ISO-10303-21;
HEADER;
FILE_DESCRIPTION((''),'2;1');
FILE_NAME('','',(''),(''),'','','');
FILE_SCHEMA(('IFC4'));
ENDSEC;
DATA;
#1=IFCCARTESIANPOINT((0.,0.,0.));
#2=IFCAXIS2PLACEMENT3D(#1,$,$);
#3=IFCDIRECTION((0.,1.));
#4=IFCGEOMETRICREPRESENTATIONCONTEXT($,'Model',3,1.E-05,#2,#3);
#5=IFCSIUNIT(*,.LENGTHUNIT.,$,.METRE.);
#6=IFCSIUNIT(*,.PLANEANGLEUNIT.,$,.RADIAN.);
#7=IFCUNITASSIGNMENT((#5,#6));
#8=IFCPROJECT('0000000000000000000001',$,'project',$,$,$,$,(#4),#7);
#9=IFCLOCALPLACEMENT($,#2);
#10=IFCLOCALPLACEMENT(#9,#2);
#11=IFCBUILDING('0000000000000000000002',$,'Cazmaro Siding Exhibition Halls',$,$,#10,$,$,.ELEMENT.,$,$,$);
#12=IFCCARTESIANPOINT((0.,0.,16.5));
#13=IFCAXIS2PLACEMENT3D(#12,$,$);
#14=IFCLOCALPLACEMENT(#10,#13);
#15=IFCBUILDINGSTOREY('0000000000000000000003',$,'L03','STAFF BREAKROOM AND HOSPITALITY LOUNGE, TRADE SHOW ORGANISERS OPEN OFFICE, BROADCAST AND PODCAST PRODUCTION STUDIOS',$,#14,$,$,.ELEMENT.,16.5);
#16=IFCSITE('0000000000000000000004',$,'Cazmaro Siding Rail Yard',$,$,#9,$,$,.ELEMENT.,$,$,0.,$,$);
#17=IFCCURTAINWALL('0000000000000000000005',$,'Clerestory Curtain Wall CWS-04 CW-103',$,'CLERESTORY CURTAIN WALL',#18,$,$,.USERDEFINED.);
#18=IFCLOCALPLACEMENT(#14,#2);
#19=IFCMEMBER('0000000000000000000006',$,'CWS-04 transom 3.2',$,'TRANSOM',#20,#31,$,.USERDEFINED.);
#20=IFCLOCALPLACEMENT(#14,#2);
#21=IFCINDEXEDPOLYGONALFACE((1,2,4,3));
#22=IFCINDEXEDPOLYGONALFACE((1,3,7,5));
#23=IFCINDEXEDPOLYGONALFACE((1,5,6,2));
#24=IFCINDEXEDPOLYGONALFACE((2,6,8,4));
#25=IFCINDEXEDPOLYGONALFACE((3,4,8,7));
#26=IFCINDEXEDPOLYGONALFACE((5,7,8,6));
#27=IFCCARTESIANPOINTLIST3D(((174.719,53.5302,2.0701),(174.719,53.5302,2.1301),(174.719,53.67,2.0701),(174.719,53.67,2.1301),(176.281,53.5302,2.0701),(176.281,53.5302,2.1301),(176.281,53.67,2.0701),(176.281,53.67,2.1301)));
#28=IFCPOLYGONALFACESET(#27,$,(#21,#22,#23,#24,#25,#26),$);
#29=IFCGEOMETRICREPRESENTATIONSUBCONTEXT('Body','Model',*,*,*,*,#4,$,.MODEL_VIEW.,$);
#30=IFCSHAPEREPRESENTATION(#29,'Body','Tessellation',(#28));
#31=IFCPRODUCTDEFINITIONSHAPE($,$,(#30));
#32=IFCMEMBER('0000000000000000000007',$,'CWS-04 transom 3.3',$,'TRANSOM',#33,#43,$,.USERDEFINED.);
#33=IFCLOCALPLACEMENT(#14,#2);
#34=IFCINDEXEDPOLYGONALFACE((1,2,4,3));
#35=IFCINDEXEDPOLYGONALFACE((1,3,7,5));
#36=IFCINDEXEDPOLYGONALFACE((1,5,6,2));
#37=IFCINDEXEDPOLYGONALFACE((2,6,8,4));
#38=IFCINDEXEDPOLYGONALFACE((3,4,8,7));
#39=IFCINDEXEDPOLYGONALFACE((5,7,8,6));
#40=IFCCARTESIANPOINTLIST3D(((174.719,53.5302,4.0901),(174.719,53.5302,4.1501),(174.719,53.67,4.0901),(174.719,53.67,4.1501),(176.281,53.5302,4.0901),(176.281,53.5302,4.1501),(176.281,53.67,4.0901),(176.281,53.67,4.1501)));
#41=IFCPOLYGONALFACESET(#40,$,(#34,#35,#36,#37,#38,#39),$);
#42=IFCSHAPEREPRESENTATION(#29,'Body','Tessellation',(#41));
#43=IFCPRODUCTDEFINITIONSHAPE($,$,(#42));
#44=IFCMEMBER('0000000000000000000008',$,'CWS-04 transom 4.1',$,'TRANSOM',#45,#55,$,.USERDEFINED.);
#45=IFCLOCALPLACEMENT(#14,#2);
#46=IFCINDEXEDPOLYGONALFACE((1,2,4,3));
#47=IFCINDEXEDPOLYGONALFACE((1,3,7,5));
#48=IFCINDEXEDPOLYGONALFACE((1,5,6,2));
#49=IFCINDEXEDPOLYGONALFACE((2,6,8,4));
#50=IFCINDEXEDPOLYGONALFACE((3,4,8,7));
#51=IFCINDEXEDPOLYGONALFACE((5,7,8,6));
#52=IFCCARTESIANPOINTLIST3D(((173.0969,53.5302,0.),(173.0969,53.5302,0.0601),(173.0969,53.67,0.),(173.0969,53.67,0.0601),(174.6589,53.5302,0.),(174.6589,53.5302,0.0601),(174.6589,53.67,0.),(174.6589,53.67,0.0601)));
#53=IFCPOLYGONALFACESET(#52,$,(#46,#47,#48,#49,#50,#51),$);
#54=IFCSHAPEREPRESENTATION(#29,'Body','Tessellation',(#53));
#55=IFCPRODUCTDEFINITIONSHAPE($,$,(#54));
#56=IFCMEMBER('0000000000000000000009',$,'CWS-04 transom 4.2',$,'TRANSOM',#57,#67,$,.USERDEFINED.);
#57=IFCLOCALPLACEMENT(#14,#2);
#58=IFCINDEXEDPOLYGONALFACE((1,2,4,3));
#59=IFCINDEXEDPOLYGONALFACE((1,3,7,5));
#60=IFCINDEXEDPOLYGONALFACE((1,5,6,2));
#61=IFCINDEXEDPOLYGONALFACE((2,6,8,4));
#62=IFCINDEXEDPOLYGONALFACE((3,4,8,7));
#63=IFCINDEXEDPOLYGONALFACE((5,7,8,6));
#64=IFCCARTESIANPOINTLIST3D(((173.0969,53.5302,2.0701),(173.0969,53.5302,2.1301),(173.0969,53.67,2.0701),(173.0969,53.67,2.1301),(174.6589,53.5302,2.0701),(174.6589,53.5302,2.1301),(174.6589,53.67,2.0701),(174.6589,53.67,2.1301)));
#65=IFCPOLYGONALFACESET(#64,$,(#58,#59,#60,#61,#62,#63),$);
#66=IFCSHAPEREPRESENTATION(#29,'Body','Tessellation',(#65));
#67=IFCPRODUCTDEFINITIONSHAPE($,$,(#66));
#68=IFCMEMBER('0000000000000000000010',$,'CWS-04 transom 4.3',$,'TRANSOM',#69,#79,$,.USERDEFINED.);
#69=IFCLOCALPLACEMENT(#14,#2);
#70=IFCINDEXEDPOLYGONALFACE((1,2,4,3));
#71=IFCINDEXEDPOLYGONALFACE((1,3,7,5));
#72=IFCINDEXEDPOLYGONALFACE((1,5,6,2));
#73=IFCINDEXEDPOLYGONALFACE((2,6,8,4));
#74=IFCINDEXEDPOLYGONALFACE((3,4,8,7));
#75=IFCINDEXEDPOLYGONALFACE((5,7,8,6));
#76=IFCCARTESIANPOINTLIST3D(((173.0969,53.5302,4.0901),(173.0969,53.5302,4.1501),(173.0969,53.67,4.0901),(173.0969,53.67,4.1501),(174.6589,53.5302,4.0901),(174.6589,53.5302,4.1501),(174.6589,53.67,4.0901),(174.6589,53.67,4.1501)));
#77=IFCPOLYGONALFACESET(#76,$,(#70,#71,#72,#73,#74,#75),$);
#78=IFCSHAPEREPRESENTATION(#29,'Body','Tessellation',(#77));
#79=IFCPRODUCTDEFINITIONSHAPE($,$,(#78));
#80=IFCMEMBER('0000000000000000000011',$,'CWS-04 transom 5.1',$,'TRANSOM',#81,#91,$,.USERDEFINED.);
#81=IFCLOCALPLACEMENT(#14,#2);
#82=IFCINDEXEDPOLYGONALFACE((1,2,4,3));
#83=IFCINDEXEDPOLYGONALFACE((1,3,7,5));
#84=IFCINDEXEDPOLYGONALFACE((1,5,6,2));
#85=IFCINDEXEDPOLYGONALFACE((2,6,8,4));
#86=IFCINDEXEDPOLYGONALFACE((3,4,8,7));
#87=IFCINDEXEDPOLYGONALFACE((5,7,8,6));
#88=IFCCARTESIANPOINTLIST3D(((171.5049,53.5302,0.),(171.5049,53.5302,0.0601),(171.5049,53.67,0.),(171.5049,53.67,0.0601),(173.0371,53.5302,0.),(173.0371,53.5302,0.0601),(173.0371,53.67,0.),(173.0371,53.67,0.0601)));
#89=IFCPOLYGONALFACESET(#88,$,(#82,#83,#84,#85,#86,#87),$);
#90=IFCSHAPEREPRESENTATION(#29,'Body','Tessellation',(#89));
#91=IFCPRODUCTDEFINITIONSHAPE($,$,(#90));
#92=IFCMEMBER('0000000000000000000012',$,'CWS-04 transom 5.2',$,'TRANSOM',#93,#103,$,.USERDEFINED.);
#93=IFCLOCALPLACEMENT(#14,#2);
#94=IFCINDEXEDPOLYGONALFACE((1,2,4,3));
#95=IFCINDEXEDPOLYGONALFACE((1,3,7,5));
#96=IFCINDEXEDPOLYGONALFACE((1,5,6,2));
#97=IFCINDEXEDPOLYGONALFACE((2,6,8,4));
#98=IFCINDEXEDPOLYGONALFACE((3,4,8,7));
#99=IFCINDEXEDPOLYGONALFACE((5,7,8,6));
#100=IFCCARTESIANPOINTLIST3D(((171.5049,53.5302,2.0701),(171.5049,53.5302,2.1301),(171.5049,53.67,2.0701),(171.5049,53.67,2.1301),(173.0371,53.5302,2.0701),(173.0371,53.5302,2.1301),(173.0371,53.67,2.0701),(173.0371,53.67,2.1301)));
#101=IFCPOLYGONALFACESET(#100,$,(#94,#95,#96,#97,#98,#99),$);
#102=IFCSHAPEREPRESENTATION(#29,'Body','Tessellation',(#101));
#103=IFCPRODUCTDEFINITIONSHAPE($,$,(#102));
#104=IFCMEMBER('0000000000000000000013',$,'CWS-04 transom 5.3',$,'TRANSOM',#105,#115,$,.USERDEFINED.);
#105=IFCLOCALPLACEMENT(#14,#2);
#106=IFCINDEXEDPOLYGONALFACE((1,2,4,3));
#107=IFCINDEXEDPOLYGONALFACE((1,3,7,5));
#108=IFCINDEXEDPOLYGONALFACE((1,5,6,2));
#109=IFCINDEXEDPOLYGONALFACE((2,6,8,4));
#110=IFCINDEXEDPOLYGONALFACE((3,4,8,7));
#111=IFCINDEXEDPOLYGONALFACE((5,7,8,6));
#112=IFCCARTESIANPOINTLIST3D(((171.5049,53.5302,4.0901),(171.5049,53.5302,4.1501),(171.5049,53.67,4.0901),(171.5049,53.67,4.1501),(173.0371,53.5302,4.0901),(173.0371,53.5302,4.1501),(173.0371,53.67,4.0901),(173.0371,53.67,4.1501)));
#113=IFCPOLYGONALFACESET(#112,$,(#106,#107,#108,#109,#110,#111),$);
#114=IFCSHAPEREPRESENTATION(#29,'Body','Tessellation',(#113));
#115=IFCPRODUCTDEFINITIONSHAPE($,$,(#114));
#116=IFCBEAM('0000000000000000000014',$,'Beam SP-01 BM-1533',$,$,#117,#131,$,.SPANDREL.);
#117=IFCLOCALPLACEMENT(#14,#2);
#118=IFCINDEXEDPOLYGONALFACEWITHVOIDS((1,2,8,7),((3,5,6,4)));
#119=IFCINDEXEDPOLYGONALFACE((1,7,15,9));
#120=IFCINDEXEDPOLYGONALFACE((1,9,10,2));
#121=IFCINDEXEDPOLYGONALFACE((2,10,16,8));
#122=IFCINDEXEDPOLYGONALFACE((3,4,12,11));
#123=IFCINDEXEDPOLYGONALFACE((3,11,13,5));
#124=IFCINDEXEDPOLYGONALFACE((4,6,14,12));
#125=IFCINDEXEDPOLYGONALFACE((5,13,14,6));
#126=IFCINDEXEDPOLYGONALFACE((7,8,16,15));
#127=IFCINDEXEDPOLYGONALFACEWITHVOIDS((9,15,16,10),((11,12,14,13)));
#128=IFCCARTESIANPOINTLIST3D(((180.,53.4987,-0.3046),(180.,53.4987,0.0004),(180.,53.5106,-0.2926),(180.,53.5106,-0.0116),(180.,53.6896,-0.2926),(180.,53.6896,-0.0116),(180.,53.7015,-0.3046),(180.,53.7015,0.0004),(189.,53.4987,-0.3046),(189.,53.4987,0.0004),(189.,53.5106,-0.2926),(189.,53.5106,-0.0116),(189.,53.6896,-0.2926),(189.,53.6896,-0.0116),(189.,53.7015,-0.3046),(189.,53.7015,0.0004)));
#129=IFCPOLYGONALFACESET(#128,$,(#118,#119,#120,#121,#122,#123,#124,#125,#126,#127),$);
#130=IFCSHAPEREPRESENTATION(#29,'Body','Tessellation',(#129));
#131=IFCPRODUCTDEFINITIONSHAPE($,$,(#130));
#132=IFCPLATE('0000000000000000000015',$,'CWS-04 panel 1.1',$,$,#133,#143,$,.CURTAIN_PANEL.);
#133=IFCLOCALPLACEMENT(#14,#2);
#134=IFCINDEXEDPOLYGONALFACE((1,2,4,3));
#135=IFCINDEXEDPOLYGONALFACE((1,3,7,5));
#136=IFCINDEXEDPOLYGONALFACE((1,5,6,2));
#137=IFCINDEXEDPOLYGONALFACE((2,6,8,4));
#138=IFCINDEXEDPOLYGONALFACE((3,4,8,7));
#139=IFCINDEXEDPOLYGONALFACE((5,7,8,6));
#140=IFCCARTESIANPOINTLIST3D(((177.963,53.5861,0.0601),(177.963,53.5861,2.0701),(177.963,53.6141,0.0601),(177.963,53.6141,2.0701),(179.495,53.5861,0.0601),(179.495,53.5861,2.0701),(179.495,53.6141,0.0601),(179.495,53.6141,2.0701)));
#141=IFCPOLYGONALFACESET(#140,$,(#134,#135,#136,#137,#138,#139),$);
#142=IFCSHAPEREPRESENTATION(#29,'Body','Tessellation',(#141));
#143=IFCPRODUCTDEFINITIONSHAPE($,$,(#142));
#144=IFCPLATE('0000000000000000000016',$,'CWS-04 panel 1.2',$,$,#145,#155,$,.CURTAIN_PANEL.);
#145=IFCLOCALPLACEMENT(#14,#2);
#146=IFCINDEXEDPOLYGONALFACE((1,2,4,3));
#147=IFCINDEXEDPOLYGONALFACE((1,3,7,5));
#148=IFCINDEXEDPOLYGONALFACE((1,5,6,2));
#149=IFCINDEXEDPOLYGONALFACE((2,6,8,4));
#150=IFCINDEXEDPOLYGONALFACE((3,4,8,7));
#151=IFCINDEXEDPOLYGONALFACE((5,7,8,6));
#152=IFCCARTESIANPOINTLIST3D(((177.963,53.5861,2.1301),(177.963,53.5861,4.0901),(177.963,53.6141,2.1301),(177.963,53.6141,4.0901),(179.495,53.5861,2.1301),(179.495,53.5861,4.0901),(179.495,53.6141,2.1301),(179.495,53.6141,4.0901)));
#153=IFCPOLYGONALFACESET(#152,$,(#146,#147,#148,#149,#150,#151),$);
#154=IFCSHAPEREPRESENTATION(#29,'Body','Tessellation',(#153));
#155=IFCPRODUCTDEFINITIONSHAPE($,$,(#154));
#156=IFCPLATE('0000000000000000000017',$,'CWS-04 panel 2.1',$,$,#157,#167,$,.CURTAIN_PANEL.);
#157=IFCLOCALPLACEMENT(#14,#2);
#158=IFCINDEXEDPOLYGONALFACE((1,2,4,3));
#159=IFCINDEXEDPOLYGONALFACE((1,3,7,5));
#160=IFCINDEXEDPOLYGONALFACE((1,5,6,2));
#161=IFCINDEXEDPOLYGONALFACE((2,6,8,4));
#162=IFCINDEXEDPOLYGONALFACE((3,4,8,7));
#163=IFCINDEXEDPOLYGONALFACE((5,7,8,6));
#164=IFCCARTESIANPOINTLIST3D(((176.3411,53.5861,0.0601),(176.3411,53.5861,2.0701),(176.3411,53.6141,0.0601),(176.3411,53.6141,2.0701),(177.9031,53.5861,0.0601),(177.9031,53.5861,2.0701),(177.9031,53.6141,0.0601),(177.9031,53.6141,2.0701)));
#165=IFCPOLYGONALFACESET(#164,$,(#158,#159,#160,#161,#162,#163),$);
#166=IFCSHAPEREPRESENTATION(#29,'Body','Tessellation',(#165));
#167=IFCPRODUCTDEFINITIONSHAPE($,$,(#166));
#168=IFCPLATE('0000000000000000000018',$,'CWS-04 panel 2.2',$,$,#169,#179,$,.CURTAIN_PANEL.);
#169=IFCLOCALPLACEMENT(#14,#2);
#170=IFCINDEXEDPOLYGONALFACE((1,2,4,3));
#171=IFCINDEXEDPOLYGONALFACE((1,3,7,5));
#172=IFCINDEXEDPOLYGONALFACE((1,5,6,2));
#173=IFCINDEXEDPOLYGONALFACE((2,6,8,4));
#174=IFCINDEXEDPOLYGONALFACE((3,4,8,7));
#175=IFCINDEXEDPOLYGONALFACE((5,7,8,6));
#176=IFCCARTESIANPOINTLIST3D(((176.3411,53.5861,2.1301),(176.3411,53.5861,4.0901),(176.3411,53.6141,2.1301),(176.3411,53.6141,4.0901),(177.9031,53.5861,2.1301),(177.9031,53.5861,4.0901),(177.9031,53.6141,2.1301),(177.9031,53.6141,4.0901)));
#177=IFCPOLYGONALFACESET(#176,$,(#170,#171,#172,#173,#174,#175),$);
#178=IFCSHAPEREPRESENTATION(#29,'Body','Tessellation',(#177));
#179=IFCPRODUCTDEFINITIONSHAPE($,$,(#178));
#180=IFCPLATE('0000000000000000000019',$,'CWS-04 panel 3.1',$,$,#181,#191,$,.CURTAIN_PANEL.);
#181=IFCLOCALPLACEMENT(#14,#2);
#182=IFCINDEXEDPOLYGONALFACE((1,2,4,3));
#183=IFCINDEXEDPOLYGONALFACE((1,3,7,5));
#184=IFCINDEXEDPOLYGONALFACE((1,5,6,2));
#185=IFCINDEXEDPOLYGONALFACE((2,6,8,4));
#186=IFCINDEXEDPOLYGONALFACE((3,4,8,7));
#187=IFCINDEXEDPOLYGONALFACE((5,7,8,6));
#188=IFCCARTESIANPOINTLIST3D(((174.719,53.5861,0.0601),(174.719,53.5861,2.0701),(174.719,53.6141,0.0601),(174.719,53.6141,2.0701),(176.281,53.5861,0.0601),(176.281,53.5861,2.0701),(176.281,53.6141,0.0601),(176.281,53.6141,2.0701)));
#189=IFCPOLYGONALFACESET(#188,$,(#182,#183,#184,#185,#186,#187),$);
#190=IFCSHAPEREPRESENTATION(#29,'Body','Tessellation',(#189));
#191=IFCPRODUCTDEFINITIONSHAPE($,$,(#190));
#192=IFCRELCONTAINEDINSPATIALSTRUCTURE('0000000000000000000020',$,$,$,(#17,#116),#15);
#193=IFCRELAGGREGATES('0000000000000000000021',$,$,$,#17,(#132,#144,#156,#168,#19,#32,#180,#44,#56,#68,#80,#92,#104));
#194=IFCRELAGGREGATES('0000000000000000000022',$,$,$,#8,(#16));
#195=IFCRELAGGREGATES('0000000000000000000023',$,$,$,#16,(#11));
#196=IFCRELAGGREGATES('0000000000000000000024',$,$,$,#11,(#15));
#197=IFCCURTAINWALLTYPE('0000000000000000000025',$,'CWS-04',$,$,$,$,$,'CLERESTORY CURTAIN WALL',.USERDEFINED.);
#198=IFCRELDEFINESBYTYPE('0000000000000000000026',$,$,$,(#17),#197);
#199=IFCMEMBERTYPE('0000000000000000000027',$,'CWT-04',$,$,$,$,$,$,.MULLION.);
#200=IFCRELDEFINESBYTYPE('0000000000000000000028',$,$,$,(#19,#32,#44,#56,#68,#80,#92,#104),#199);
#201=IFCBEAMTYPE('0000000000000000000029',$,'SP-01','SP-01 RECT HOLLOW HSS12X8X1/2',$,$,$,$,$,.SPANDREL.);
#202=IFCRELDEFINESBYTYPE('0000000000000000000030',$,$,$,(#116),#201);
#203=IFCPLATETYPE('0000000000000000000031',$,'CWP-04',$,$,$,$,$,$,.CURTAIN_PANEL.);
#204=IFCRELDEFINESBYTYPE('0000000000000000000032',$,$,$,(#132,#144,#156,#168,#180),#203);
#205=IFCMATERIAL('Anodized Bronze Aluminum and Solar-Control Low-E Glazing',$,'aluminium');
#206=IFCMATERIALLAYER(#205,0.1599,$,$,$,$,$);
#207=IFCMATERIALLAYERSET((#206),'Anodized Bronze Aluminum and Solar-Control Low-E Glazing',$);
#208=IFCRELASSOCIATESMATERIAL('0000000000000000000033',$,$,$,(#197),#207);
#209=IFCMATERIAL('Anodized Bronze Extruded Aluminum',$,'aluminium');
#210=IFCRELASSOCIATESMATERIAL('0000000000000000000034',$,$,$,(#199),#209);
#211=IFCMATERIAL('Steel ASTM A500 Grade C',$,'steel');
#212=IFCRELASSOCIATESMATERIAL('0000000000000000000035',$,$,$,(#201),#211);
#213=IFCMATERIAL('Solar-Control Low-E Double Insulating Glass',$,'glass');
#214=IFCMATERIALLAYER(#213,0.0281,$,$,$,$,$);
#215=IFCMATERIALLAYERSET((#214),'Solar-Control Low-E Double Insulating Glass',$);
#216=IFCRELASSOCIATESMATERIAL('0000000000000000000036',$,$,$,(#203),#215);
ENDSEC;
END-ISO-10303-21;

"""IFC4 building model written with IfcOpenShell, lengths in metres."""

from ifc_helpers import new_model, si_unit, direction, frame, origin, origin_2d, place, context, subcontext, project, spatial, rectangle, hollow_rectangle, extrude, material, layer, layer_set, material_profile, profile_set, type_object, element, aggregate, save


model = new_model("IFC4")

# Units and contexts
model_context = context("Model", 3, precision=1e-05, world=origin(), true_north=direction((0.0, 1.0)))
body_context = subcontext(model_context, "Body", "Model", "MODEL_VIEW")
ifc_project = project(units=[si_unit("LENGTHUNIT", "METRE"), si_unit("PLANEANGLEUNIT", "RADIAN")], contexts=[model_context])

# Site, building, storey
site_placement = place(None, origin())
site = spatial("IfcSite", under=ifc_project, at=site_placement, Name="Cazmaro Siding Rail Yard", CompositionType="ELEMENT", RefElevation=0.0)
building_placement = place(site_placement, origin())
building = spatial("IfcBuilding", under=site, at=building_placement, Name="Cazmaro Siding Exhibition Halls", CompositionType="ELEMENT")
storey_placement = place(building_placement, frame((0.0, 0.0, 16.5)))
storey = spatial("IfcBuildingStorey", under=building, at=storey_placement, Name="L03", Description="STAFF BREAKROOM AND HOSPITALITY LOUNGE, TRADE SHOW ORGANISERS OPEN OFFICE, BROADCAST AND PODCAST PRODUCTION STUDIOS", CompositionType="ELEMENT", Elevation=16.5)

# Curtain wall
ifc_material_1 = material(Name="Anodized Bronze Aluminum and Solar-Control Low-E Glazing", Category="aluminium")
ifc_layer_1 = layer(ifc_material_1, 0.1599)
ifc_layer_set_1 = layer_set([ifc_layer_1], Name="Anodized Bronze Aluminum and Solar-Control Low-E Glazing")
curtain_wall_type = type_object("IfcCurtainWallType", Name="CWS-04", ElementType="CLERESTORY CURTAIN WALL", PredefinedType="USERDEFINED", material=ifc_layer_set_1)
curtain_wall_1_placement = place(storey_placement, origin())
curtain_wall_1 = element("IfcCurtainWall", 1, at=curtain_wall_1_placement, inside=storey, type_object=curtain_wall_type, Name="Clerestory Curtain Wall CWS-04 CW-103", ObjectType="CLERESTORY CURTAIN WALL", PredefinedType="USERDEFINED")

# Members
ifc_material_2 = material(Name="Anodized Bronze Extruded Aluminum", Category="aluminium")
ifc_material_profile_1 = material_profile(ifc_material_2, rectangle(XDim=0.1399, YDim=0.0601, at=origin_2d()), Name="CWT-04")
ifc_profile_set_1 = profile_set([ifc_material_profile_1], Name="Anodized Bronze Extruded Aluminum")
member_type_1 = type_object("IfcMemberType", Name="CWT-04", PredefinedType="MULLION", material=ifc_profile_set_1)
member_1_placement = place(storey_placement, frame((176.281, 53.6001, 2.1001), z_axis=(-1.0, 0.0, 0.0), x_axis=(0.0, -1.0, 0.0)))
member_1 = element("IfcMember", 2, at=member_1_placement, type_object=member_type_1, Name="CWS-04 transom 3.2", ObjectType="TRANSOM", PredefinedType="USERDEFINED", context=body_context, shape_type="SweptSolid", body=[
    extrude(rectangle(XDim=0.1399, YDim=0.0601, at=origin_2d()), origin(), (0.0, 0.0, 1.0), 1.562),
])
member_2_placement = place(storey_placement, frame((176.281, 53.6001, 4.1201), z_axis=(-1.0, 0.0, 0.0), x_axis=(0.0, -1.0, 0.0)))
member_2 = element("IfcMember", 3, at=member_2_placement, type_object=member_type_1, Name="CWS-04 transom 3.3", ObjectType="TRANSOM", PredefinedType="USERDEFINED", context=body_context, shape_type="SweptSolid", body=[
    extrude(rectangle(XDim=0.1399, YDim=0.0601, at=origin_2d()), origin(), (0.0, 0.0, 1.0), 1.562),
])
member_3_placement = place(storey_placement, frame((174.6589, 53.6001, 0.03), z_axis=(-1.0, 0.0, 0.0), x_axis=(0.0, -1.0, 0.0)))
member_3 = element("IfcMember", 4, at=member_3_placement, type_object=member_type_1, Name="CWS-04 transom 4.1", ObjectType="TRANSOM", PredefinedType="USERDEFINED", context=body_context, shape_type="SweptSolid", body=[
    extrude(rectangle(XDim=0.1399, YDim=0.0601, at=origin_2d()), origin(), (0.0, 0.0, 1.0), 1.562),
])
member_4_placement = place(storey_placement, frame((174.6589, 53.6001, 2.1001), z_axis=(-1.0, 0.0, 0.0), x_axis=(0.0, -1.0, 0.0)))
member_4 = element("IfcMember", 5, at=member_4_placement, type_object=member_type_1, Name="CWS-04 transom 4.2", ObjectType="TRANSOM", PredefinedType="USERDEFINED", context=body_context, shape_type="SweptSolid", body=[
    extrude(rectangle(XDim=0.1399, YDim=0.0601, at=origin_2d()), origin(), (0.0, 0.0, 1.0), 1.562),
])
member_5_placement = place(storey_placement, frame((174.6589, 53.6001, 4.1201), z_axis=(-1.0, 0.0, 0.0), x_axis=(0.0, -1.0, 0.0)))
member_5 = element("IfcMember", 6, at=member_5_placement, type_object=member_type_1, Name="CWS-04 transom 4.3", ObjectType="TRANSOM", PredefinedType="USERDEFINED", context=body_context, shape_type="SweptSolid", body=[
    extrude(rectangle(XDim=0.1399, YDim=0.0601, at=origin_2d()), origin(), (0.0, 0.0, 1.0), 1.562),
])
member_6_placement = place(storey_placement, frame((173.0371, 53.6001, 0.03), z_axis=(-1.0, 0.0, 0.0), x_axis=(0.0, -1.0, 0.0)))
member_6 = element("IfcMember", 7, at=member_6_placement, type_object=member_type_1, Name="CWS-04 transom 5.1", ObjectType="TRANSOM", PredefinedType="USERDEFINED", context=body_context, shape_type="SweptSolid", body=[
    extrude(rectangle(XDim=0.1399, YDim=0.0601, at=origin_2d()), origin(), (0.0, 0.0, 1.0), 1.5322),
])
member_7_placement = place(storey_placement, frame((173.0371, 53.6001, 2.1001), z_axis=(-1.0, 0.0, 0.0), x_axis=(0.0, -1.0, 0.0)))
member_7 = element("IfcMember", 8, at=member_7_placement, type_object=member_type_1, Name="CWS-04 transom 5.2", ObjectType="TRANSOM", PredefinedType="USERDEFINED", context=body_context, shape_type="SweptSolid", body=[
    extrude(rectangle(XDim=0.1399, YDim=0.0601, at=origin_2d()), origin(), (0.0, 0.0, 1.0), 1.5322),
])
member_8_placement = place(storey_placement, frame((173.0371, 53.6001, 4.1201), z_axis=(-1.0, 0.0, 0.0), x_axis=(0.0, -1.0, 0.0)))
member_8 = element("IfcMember", 9, at=member_8_placement, type_object=member_type_1, Name="CWS-04 transom 5.3", ObjectType="TRANSOM", PredefinedType="USERDEFINED", context=body_context, shape_type="SweptSolid", body=[
    extrude(rectangle(XDim=0.1399, YDim=0.0601, at=origin_2d()), origin(), (0.0, 0.0, 1.0), 1.5322),
])

# Beam
ifc_material_3 = material(Name="Steel ASTM A500 Grade C", Category="steel")
ifc_material_profile_2 = material_profile(ifc_material_3, hollow_rectangle(XDim=0.2029, YDim=0.3049, WallThickness=0.012, at=origin_2d()), Name="HSS12X8X1/2")
ifc_profile_set_2 = profile_set([ifc_material_profile_2], Name="Steel ASTM A500 Grade C")
beam_type = type_object("IfcBeamType", Name="SP-01", Description="SP-01 RECT HOLLOW HSS12X8X1/2", PredefinedType="SPANDREL", material=ifc_profile_set_2)
beam_placement = place(storey_placement, frame((180.0, 53.6001, -0.1521), z_axis=(1.0, 0.0, 0.0), x_axis=(0.0, 1.0, 0.0)))
element("IfcBeam", 10, at=beam_placement, inside=storey, type_object=beam_type, Name="Beam SP-01 BM-1533", PredefinedType="SPANDREL", context=body_context, shape_type="SweptSolid", body=[
    extrude(hollow_rectangle(XDim=0.2029, YDim=0.3049, WallThickness=0.012, at=origin_2d()), origin(), (0.0, 0.0, 1.0), 9.0),
])

# Plates
ifc_material_4 = material(Name="Solar-Control Low-E Double Insulating Glass", Category="glass")
ifc_layer_2 = layer(ifc_material_4, 0.0281)
ifc_layer_set_2 = layer_set([ifc_layer_2], Name="Solar-Control Low-E Double Insulating Glass")
plate_type = type_object("IfcPlateType", Name="CWP-04", PredefinedType="CURTAIN_PANEL", material=ifc_layer_set_2)
plate_1_placement = place(storey_placement, frame((178.729, 53.6001, 0.0601), z_axis=(0.0, 0.0, 1.0), x_axis=(-1.0, 0.0, 0.0)))
plate_1 = element("IfcPlate", 11, at=plate_1_placement, type_object=plate_type, Name="CWS-04 panel 1.1", PredefinedType="CURTAIN_PANEL", context=body_context, shape_type="SweptSolid", body=[
    extrude(rectangle(XDim=1.532, YDim=0.0281, at=origin_2d()), origin(), (0.0, 0.0, 1.0), 2.01),
])
plate_2_placement = place(storey_placement, frame((178.729, 53.6001, 2.1301), z_axis=(0.0, 0.0, 1.0), x_axis=(-1.0, 0.0, 0.0)))
plate_2 = element("IfcPlate", 12, at=plate_2_placement, type_object=plate_type, Name="CWS-04 panel 1.2", PredefinedType="CURTAIN_PANEL", context=body_context, shape_type="SweptSolid", body=[
    extrude(rectangle(XDim=1.532, YDim=0.0281, at=origin_2d()), origin(), (0.0, 0.0, 1.0), 1.96),
])
plate_3_placement = place(storey_placement, frame((177.1221, 53.6001, 0.0601), z_axis=(0.0, 0.0, 1.0), x_axis=(-1.0, 0.0, 0.0)))
plate_3 = element("IfcPlate", 13, at=plate_3_placement, type_object=plate_type, Name="CWS-04 panel 2.1", PredefinedType="CURTAIN_PANEL", context=body_context, shape_type="SweptSolid", body=[
    extrude(rectangle(XDim=1.562, YDim=0.0281, at=origin_2d()), origin(), (0.0, 0.0, 1.0), 2.01),
])
plate_4_placement = place(storey_placement, frame((177.1221, 53.6001, 2.1301), z_axis=(0.0, 0.0, 1.0), x_axis=(-1.0, 0.0, 0.0)))
plate_4 = element("IfcPlate", 14, at=plate_4_placement, type_object=plate_type, Name="CWS-04 panel 2.2", PredefinedType="CURTAIN_PANEL", context=body_context, shape_type="SweptSolid", body=[
    extrude(rectangle(XDim=1.562, YDim=0.0281, at=origin_2d()), origin(), (0.0, 0.0, 1.0), 1.96),
])
plate_5_placement = place(storey_placement, frame((175.5, 53.6001, 0.0601), z_axis=(0.0, 0.0, 1.0), x_axis=(-1.0, 0.0, 0.0)))
plate_5 = element("IfcPlate", 15, at=plate_5_placement, type_object=plate_type, Name="CWS-04 panel 3.1", PredefinedType="CURTAIN_PANEL", context=body_context, shape_type="SweptSolid", body=[
    extrude(rectangle(XDim=1.562, YDim=0.0281, at=origin_2d()), origin(), (0.0, 0.0, 1.0), 2.01),
])
aggregate(curtain_wall_1, [plate_1, plate_2, plate_3, plate_4, member_1, member_2, plate_5, member_3, member_4, member_5, member_6, member_7, member_8])

save(model, "model.ifc")
